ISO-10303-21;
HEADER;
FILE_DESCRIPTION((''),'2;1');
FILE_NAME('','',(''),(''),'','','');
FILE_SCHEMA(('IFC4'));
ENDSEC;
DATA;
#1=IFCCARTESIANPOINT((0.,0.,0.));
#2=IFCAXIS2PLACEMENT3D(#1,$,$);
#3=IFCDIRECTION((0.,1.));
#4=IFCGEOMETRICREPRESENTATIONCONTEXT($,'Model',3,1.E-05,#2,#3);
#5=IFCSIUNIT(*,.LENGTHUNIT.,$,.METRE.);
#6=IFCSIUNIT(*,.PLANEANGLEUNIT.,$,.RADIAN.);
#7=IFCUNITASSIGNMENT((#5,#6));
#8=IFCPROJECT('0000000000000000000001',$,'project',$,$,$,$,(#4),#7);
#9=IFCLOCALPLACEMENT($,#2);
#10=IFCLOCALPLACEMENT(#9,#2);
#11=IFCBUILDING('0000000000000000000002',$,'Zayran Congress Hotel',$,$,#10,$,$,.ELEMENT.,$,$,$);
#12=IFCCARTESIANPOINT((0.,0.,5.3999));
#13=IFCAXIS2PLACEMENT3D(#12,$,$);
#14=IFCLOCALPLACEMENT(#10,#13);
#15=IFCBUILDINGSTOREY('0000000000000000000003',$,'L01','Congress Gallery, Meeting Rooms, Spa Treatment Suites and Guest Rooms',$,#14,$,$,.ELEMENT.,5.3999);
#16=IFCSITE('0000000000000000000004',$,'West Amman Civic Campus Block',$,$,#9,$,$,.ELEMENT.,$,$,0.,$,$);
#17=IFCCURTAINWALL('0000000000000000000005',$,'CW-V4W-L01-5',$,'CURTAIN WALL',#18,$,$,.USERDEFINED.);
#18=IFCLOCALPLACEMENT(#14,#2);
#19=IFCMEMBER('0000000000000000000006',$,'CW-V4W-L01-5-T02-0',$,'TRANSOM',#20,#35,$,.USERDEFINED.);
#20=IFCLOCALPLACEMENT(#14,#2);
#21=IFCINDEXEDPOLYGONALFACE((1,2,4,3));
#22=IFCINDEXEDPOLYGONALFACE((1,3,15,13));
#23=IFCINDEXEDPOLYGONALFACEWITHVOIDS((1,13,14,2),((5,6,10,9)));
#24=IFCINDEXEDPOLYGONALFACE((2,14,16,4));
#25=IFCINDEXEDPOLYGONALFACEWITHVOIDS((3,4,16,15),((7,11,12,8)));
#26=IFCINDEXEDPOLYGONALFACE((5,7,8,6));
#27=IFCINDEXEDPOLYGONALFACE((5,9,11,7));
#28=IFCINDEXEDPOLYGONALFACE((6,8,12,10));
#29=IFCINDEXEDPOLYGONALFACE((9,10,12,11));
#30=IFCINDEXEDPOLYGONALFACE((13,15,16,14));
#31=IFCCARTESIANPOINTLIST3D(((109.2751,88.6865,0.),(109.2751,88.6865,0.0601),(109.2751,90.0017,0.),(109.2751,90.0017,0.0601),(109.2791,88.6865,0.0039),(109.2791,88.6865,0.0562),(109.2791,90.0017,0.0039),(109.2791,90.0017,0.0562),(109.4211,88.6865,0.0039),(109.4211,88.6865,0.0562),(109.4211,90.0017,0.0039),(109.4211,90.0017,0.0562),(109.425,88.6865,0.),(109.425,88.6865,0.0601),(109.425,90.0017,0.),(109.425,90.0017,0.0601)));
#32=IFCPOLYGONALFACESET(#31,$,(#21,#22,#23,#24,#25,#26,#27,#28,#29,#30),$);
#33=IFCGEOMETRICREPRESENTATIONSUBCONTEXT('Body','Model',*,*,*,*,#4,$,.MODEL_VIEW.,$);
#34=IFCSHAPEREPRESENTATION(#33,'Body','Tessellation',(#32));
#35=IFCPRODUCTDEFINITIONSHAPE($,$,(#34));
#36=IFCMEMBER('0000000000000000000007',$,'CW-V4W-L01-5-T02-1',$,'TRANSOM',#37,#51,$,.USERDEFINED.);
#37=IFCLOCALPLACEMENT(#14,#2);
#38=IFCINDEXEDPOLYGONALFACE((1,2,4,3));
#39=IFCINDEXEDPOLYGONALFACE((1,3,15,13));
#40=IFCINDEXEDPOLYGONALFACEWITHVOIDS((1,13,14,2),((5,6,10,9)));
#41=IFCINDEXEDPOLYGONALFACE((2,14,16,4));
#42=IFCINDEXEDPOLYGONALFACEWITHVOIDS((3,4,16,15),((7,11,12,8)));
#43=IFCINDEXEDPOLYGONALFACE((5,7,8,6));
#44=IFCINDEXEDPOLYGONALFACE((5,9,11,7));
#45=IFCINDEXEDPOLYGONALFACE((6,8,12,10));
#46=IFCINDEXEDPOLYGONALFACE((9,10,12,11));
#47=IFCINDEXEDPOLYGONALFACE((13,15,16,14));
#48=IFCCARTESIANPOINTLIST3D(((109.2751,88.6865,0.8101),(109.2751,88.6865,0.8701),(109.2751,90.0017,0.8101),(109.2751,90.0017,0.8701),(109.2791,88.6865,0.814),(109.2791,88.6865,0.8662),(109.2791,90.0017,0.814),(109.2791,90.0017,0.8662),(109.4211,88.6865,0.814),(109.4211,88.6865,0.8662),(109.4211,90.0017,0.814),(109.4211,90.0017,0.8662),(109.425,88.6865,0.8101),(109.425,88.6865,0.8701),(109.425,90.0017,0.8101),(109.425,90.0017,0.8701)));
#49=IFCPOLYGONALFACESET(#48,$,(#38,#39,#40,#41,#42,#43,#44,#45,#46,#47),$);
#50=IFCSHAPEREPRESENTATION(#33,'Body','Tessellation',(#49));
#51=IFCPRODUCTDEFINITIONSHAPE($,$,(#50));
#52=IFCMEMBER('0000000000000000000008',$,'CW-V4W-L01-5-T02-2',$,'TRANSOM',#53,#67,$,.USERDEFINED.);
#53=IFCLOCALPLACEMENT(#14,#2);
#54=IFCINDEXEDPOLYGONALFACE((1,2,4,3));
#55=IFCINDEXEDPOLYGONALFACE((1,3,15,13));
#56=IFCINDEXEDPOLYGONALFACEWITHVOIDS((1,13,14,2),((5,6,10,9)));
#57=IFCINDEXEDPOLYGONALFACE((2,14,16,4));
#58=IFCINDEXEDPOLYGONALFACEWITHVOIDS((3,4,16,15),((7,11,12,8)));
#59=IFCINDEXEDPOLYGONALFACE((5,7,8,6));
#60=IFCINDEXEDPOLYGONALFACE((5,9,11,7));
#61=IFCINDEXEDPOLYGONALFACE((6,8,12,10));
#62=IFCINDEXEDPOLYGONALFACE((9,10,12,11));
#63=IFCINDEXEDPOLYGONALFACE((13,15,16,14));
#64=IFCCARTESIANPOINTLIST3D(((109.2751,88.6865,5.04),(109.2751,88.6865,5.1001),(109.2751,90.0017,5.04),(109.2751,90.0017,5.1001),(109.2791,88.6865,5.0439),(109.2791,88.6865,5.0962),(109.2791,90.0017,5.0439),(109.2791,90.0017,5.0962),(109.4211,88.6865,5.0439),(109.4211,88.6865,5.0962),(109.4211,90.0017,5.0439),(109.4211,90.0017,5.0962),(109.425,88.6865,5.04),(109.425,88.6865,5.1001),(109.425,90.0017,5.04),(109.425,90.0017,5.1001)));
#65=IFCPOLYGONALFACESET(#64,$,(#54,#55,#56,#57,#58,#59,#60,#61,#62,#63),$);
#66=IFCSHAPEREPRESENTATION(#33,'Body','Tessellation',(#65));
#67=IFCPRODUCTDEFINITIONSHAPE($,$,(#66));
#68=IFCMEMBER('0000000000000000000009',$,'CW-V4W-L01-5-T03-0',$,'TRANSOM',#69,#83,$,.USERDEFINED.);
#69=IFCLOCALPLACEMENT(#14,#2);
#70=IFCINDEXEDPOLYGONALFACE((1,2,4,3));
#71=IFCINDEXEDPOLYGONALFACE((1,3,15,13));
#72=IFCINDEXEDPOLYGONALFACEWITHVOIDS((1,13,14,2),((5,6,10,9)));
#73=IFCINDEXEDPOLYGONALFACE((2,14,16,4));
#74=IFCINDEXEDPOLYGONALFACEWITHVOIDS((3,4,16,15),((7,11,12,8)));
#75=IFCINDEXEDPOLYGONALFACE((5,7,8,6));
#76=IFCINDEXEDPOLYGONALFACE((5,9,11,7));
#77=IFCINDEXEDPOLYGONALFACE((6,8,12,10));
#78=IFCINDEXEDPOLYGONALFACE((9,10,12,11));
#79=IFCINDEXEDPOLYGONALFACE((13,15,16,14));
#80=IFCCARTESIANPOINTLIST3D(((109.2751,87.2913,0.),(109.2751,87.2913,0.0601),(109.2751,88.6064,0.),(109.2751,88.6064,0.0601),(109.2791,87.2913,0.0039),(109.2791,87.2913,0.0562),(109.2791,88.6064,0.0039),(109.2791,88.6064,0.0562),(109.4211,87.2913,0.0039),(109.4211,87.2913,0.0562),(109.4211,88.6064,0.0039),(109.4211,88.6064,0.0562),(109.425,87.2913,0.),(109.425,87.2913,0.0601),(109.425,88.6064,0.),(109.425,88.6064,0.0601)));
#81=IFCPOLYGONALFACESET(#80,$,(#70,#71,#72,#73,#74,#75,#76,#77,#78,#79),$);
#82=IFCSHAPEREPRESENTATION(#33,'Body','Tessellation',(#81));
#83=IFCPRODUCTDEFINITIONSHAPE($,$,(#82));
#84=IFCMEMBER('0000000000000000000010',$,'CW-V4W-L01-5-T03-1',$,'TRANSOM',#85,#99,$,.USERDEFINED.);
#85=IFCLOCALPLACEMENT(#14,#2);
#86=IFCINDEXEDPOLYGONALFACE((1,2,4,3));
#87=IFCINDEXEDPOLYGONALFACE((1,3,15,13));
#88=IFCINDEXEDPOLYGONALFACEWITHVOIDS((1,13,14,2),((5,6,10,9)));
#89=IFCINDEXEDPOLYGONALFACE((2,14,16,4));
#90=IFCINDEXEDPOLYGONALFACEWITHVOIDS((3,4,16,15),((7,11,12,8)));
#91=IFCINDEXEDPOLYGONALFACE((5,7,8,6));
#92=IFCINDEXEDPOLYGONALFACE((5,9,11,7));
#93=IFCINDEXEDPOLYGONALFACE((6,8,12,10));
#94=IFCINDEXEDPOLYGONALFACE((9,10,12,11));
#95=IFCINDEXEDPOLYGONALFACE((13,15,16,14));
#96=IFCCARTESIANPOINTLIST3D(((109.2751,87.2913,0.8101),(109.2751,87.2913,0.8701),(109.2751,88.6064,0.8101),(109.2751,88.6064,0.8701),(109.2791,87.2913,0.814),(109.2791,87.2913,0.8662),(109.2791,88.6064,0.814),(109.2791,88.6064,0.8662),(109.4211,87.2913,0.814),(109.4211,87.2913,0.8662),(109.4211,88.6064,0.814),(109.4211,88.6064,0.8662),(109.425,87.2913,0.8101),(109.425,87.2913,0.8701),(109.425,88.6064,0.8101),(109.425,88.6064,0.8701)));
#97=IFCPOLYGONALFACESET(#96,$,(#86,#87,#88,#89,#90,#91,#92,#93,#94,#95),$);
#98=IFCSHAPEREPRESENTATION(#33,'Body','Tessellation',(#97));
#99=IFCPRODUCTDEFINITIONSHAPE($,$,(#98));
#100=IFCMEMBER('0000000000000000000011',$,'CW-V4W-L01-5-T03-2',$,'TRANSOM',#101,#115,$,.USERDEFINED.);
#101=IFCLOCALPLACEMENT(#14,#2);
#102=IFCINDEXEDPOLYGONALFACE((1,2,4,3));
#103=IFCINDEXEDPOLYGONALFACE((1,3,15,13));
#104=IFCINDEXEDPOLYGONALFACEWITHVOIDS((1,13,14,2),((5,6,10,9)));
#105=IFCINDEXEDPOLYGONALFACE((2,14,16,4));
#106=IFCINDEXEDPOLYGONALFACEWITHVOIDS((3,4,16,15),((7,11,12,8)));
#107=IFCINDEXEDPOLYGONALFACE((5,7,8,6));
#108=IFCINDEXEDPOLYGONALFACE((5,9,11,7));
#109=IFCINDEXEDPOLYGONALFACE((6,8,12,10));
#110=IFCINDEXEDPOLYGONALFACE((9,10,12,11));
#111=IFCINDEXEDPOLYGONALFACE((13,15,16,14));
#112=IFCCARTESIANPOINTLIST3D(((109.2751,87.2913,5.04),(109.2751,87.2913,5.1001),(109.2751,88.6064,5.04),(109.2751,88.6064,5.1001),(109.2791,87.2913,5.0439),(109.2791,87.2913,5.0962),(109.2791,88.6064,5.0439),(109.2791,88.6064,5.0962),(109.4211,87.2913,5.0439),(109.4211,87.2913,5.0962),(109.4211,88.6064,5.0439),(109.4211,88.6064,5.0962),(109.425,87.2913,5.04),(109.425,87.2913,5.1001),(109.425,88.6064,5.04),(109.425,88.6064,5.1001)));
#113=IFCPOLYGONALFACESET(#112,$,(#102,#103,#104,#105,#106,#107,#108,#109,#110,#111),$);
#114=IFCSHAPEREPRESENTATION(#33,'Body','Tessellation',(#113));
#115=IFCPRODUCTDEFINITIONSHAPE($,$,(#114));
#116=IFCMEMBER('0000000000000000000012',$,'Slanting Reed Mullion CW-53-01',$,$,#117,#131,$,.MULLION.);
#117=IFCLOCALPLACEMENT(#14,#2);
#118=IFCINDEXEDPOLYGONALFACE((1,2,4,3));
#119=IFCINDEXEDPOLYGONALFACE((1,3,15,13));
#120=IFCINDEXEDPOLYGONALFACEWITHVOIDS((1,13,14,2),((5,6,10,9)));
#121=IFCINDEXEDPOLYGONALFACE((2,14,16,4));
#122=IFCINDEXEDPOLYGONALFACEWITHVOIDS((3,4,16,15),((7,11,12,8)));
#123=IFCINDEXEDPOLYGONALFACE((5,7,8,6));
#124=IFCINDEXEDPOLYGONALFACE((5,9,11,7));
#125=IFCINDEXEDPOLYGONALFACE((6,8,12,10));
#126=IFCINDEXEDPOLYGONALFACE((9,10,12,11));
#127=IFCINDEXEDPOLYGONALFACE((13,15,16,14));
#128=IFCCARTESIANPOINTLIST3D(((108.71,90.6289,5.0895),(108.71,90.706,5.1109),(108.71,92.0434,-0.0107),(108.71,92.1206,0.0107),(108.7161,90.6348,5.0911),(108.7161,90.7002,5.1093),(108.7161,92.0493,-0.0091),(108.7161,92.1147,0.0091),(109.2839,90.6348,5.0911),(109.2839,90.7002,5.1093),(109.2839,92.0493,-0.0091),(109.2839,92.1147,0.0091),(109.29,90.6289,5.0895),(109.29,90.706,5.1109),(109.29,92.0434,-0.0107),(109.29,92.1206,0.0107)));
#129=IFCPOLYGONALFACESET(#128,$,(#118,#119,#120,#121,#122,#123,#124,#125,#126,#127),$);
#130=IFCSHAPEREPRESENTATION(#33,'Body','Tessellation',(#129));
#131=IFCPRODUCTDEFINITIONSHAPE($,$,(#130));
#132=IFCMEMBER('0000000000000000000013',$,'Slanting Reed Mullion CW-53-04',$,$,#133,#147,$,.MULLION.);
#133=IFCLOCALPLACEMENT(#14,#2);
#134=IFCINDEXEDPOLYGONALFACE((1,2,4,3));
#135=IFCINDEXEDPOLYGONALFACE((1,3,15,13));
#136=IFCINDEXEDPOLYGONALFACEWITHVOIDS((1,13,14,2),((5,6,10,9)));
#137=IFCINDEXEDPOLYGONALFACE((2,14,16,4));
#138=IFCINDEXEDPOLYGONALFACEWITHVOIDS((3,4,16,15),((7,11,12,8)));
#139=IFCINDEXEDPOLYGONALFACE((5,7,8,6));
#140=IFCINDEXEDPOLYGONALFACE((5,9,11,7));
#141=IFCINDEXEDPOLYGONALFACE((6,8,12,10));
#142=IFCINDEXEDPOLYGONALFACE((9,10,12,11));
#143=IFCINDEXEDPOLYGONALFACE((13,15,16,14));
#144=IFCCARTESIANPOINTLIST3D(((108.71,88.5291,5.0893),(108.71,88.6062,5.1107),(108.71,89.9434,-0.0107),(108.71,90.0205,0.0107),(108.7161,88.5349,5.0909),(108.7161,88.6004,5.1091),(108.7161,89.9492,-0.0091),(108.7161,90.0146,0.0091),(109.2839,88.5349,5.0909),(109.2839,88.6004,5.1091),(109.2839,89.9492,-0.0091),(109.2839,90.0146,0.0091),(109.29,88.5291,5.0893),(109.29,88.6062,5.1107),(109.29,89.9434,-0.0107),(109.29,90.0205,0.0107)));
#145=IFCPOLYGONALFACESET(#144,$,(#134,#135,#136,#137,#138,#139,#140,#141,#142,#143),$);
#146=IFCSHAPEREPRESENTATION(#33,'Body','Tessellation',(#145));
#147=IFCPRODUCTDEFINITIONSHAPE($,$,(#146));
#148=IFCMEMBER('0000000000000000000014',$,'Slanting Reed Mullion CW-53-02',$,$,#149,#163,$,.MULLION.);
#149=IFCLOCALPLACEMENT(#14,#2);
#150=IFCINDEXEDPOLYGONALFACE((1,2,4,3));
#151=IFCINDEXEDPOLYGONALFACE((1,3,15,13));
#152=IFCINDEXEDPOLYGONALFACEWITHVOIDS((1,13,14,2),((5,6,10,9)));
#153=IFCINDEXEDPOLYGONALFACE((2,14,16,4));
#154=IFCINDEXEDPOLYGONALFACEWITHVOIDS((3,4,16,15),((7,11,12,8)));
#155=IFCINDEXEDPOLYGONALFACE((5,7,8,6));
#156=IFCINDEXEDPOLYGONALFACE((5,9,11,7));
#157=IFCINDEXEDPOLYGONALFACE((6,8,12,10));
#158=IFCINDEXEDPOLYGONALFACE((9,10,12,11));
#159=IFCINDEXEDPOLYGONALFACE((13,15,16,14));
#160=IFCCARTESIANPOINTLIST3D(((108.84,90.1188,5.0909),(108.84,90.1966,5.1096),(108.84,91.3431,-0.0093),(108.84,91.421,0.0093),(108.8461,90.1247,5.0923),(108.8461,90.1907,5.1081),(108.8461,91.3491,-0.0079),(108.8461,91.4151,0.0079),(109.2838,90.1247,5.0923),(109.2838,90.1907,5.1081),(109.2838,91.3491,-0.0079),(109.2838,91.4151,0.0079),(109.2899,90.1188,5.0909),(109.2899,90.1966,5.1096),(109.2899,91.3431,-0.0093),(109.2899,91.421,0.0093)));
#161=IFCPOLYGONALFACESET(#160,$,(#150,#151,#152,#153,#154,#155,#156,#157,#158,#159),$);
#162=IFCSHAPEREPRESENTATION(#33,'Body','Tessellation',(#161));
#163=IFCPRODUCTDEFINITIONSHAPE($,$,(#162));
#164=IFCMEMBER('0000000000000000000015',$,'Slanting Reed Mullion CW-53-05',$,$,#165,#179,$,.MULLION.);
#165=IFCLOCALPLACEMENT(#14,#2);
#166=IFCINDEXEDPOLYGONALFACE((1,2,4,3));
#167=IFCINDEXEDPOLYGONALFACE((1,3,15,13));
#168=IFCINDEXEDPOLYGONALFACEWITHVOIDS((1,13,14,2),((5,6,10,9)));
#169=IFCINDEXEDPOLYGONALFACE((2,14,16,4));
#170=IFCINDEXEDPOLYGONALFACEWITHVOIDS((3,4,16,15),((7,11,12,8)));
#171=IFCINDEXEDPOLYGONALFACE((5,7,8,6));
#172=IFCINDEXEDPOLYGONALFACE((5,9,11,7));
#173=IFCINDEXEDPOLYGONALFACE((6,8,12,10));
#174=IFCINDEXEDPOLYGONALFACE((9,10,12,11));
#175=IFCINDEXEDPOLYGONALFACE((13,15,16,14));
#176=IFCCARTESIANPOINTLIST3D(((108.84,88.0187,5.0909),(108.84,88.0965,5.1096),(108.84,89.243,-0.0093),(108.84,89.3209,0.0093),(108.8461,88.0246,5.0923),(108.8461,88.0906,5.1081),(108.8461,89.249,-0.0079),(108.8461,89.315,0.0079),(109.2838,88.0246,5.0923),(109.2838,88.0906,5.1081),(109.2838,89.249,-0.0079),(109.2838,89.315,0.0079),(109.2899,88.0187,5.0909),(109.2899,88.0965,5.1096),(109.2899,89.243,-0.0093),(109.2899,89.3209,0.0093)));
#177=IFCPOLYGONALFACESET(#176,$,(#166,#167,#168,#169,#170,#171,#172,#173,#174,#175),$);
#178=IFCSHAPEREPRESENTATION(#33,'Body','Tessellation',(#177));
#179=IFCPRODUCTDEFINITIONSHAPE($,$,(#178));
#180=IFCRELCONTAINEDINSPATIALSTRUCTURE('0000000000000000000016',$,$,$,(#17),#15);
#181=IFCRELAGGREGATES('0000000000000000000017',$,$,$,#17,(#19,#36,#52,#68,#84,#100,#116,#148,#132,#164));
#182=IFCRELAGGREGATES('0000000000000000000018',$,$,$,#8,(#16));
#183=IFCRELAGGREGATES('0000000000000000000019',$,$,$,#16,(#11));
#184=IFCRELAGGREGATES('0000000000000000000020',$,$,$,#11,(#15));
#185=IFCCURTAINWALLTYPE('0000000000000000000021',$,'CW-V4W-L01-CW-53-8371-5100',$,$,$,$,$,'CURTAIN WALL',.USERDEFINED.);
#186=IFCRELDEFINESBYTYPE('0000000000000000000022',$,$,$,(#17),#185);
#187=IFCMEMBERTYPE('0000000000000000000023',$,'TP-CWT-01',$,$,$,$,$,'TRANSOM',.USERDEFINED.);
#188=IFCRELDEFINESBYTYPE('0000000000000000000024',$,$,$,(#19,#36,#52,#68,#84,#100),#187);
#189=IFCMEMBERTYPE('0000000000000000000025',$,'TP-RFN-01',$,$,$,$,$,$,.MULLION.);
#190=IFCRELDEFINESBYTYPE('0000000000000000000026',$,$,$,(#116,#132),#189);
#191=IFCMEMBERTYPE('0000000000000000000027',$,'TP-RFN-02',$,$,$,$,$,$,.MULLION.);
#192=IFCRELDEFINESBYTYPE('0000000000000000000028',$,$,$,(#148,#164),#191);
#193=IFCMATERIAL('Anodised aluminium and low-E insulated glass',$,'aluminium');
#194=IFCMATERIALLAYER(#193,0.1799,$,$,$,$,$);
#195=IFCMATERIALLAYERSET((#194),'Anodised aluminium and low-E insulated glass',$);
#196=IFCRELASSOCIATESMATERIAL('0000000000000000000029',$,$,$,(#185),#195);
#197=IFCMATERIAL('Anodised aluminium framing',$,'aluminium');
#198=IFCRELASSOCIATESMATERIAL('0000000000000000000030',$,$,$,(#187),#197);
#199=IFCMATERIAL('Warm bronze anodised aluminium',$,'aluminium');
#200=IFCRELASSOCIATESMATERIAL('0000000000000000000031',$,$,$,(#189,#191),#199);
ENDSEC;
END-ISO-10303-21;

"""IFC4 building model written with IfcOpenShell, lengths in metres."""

from ifc_helpers import new_model, si_unit, direction, frame, origin, origin_2d, place, context, subcontext, project, spatial, hollow_rectangle, extrude, material, layer, layer_set, material_profile, profile_set, type_object, element, aggregate, save


model = new_model("IFC4")

# Units and contexts
model_context = context("Model", 3, precision=1e-05, world=origin(), true_north=direction((0.0, 1.0)))
body_context = subcontext(model_context, "Body", "Model", "MODEL_VIEW")
ifc_project = project(units=[si_unit("LENGTHUNIT", "METRE"), si_unit("PLANEANGLEUNIT", "RADIAN")], contexts=[model_context])

# Site, building, storey
site_placement = place(None, origin())
site = spatial("IfcSite", under=ifc_project, at=site_placement, Name="West Amman Civic Campus Block", CompositionType="ELEMENT", RefElevation=0.0)
building_placement = place(site_placement, origin())
building = spatial("IfcBuilding", under=site, at=building_placement, Name="Zayran Congress Hotel", CompositionType="ELEMENT")
storey_placement = place(building_placement, frame((0.0, 0.0, 5.3999)))
storey = spatial("IfcBuildingStorey", under=building, at=storey_placement, Name="L01", Description="Congress Gallery, Meeting Rooms, Spa Treatment Suites and Guest Rooms", CompositionType="ELEMENT", Elevation=5.3999)

# Curtain wall
ifc_material_1 = material(Name="Anodised aluminium and low-E insulated glass", Category="aluminium")
ifc_layer_1 = layer(ifc_material_1, 0.1799)
ifc_layer_set_1 = layer_set([ifc_layer_1], Name="Anodised aluminium and low-E insulated glass")
curtain_wall_type_1 = type_object("IfcCurtainWallType", Name="CW-V4W-L01-CW-53-8371-5100", ElementType="CURTAIN WALL", PredefinedType="USERDEFINED", material=ifc_layer_set_1)
curtain_wall_1_placement = place(storey_placement, origin())
curtain_wall_1 = element("IfcCurtainWall", 1, at=curtain_wall_1_placement, inside=storey, type_object=curtain_wall_type_1, Name="CW-V4W-L01-5", ObjectType="CURTAIN WALL", PredefinedType="USERDEFINED")
ifc_material_2 = material(Name="Anodised aluminium framing", Category="aluminium")

# Members
ifc_material_profile_1 = material_profile(ifc_material_2, hollow_rectangle(XDim=0.0601, YDim=0.1499, WallThickness=0.0039, at=origin_2d()), Name="RHS 150x60x4")
ifc_profile_set_1 = profile_set([ifc_material_profile_1], Name="Anodised aluminium framing")
member_type_1 = type_object("IfcMemberType", Name="TP-CWT-01", ElementType="TRANSOM", PredefinedType="USERDEFINED", material=ifc_profile_set_1)
member_1_placement = place(storey_placement, frame((109.3501, 90.0017, 0.03), z_axis=(0.0, -1.0, 0.0), x_axis=(0.0, 0.0, 1.0)))
member_1 = element("IfcMember", 2, at=member_1_placement, type_object=member_type_1, Name="CW-V4W-L01-5-T02-0", ObjectType="TRANSOM", PredefinedType="USERDEFINED", context=body_context, shape_type="SweptSolid", body=[
    extrude(hollow_rectangle(XDim=0.0601, YDim=0.1499, WallThickness=0.0039, at=origin_2d()), origin(), (0.0, 0.0, 1.0), 1.3152),
])
member_2_placement = place(storey_placement, frame((109.3501, 90.0017, 0.8401), z_axis=(0.0, -1.0, 0.0), x_axis=(0.0, 0.0, 1.0)))
member_2 = element("IfcMember", 3, at=member_2_placement, type_object=member_type_1, Name="CW-V4W-L01-5-T02-1", ObjectType="TRANSOM", PredefinedType="USERDEFINED", context=body_context, shape_type="SweptSolid", body=[
    extrude(hollow_rectangle(XDim=0.0601, YDim=0.1499, WallThickness=0.0039, at=origin_2d()), origin(), (0.0, 0.0, 1.0), 1.3152),
])
member_3_placement = place(storey_placement, frame((109.3501, 90.0017, 5.0701), z_axis=(0.0, -1.0, 0.0), x_axis=(0.0, 0.0, 1.0)))
member_3 = element("IfcMember", 4, at=member_3_placement, type_object=member_type_1, Name="CW-V4W-L01-5-T02-2", ObjectType="TRANSOM", PredefinedType="USERDEFINED", context=body_context, shape_type="SweptSolid", body=[
    extrude(hollow_rectangle(XDim=0.0601, YDim=0.1499, WallThickness=0.0039, at=origin_2d()), origin(), (0.0, 0.0, 1.0), 1.3152),
])
member_4_placement = place(storey_placement, frame((109.3501, 88.6064, 0.03), z_axis=(0.0, -1.0, 0.0), x_axis=(0.0, 0.0, 1.0)))
member_4 = element("IfcMember", 5, at=member_4_placement, type_object=member_type_1, Name="CW-V4W-L01-5-T03-0", ObjectType="TRANSOM", PredefinedType="USERDEFINED", context=body_context, shape_type="SweptSolid", body=[
    extrude(hollow_rectangle(XDim=0.0601, YDim=0.1499, WallThickness=0.0039, at=origin_2d()), origin(), (0.0, 0.0, 1.0), 1.3152),
])
member_5_placement = place(storey_placement, frame((109.3501, 88.6064, 0.8401), z_axis=(0.0, -1.0, 0.0), x_axis=(0.0, 0.0, 1.0)))
member_5 = element("IfcMember", 6, at=member_5_placement, type_object=member_type_1, Name="CW-V4W-L01-5-T03-1", ObjectType="TRANSOM", PredefinedType="USERDEFINED", context=body_context, shape_type="SweptSolid", body=[
    extrude(hollow_rectangle(XDim=0.0601, YDim=0.1499, WallThickness=0.0039, at=origin_2d()), origin(), (0.0, 0.0, 1.0), 1.3152),
])
member_6_placement = place(storey_placement, frame((109.3501, 88.6064, 5.0701), z_axis=(0.0, -1.0, 0.0), x_axis=(0.0, 0.0, 1.0)))
member_6 = element("IfcMember", 7, at=member_6_placement, type_object=member_type_1, Name="CW-V4W-L01-5-T03-2", ObjectType="TRANSOM", PredefinedType="USERDEFINED", context=body_context, shape_type="SweptSolid", body=[
    extrude(hollow_rectangle(XDim=0.0601, YDim=0.1499, WallThickness=0.0039, at=origin_2d()), origin(), (0.0, 0.0, 1.0), 1.3152),
])
ifc_material_3 = material(Name="Warm bronze anodised aluminium", Category="aluminium")
ifc_material_profile_2 = material_profile(ifc_material_3, hollow_rectangle(XDim=0.0801, YDim=0.5801, WallThickness=0.0061, at=origin_2d()), Name="RHS 580x80x6")
ifc_profile_set_2 = profile_set([ifc_material_profile_2], Name="Warm bronze anodised aluminium")
member_type_2 = type_object("IfcMemberType", Name="TP-RFN-01", PredefinedType="MULLION", material=ifc_profile_set_2)
member_7_placement = place(storey_placement, frame((109.0, 92.082, 0.0), z_axis=(0.0, -0.267268, 0.963622), x_axis=(0.0, 0.963622, 0.267268)))
member_7 = element("IfcMember", 8, at=member_7_placement, type_object=member_type_2, Name="Slanting Reed Mullion CW-53-01", PredefinedType="MULLION", context=body_context, shape_type="SweptSolid", body=[
    extrude(hollow_rectangle(XDim=0.0801, YDim=0.5801, WallThickness=0.0061, at=origin_2d()), origin(), (0.0, 0.0, 1.0), 5.2927),
])
member_8_placement = place(storey_placement, frame((109.0, 89.9819, 0.0), z_axis=(0.0, -0.267225, 0.963634), x_axis=(0.0, 0.963634, 0.267225)))
member_8 = element("IfcMember", 9, at=member_8_placement, type_object=member_type_2, Name="Slanting Reed Mullion CW-53-04", PredefinedType="MULLION", context=body_context, shape_type="SweptSolid", body=[
    extrude(hollow_rectangle(XDim=0.0801, YDim=0.5801, WallThickness=0.0061, at=origin_2d()), origin(), (0.0, 0.0, 1.0), 5.2925),
])
ifc_material_profile_3 = material_profile(ifc_material_3, hollow_rectangle(XDim=0.0801, YDim=0.45, WallThickness=0.0061, at=origin_2d()), Name="RHS 450x80x6")
ifc_profile_set_3 = profile_set([ifc_material_profile_3], Name="Warm bronze anodised aluminium")
member_type_3 = type_object("IfcMemberType", Name="TP-RFN-02", PredefinedType="MULLION", material=ifc_profile_set_3)
member_9_placement = place(storey_placement, frame((109.0649, 91.3821, 0.0), z_axis=(0.0, -0.233435, 0.972373), x_axis=(0.0, 0.972373, 0.233435)))
member_9 = element("IfcMember", 10, at=member_9_placement, type_object=member_type_3, Name="Slanting Reed Mullion CW-53-02", PredefinedType="MULLION", context=body_context, shape_type="SweptSolid", body=[
    extrude(hollow_rectangle(XDim=0.0801, YDim=0.45, WallThickness=0.0061, at=origin_2d()), origin(), (0.0, 0.0, 1.0), 5.2451),
])
member_10_placement = place(storey_placement, frame((109.0649, 89.282, 0.0), z_axis=(0.0, -0.233435, 0.972373), x_axis=(0.0, 0.972373, 0.233435)))
member_10 = element("IfcMember", 11, at=member_10_placement, type_object=member_type_3, Name="Slanting Reed Mullion CW-53-05", PredefinedType="MULLION", context=body_context, shape_type="SweptSolid", body=[
    extrude(hollow_rectangle(XDim=0.0801, YDim=0.45, WallThickness=0.0061, at=origin_2d()), origin(), (0.0, 0.0, 1.0), 5.2451),
])

aggregate(curtain_wall_1, [member_1, member_2, member_3, member_4, member_5, member_6, member_7, member_9, member_8, member_10])

save(model, "model.ifc")
